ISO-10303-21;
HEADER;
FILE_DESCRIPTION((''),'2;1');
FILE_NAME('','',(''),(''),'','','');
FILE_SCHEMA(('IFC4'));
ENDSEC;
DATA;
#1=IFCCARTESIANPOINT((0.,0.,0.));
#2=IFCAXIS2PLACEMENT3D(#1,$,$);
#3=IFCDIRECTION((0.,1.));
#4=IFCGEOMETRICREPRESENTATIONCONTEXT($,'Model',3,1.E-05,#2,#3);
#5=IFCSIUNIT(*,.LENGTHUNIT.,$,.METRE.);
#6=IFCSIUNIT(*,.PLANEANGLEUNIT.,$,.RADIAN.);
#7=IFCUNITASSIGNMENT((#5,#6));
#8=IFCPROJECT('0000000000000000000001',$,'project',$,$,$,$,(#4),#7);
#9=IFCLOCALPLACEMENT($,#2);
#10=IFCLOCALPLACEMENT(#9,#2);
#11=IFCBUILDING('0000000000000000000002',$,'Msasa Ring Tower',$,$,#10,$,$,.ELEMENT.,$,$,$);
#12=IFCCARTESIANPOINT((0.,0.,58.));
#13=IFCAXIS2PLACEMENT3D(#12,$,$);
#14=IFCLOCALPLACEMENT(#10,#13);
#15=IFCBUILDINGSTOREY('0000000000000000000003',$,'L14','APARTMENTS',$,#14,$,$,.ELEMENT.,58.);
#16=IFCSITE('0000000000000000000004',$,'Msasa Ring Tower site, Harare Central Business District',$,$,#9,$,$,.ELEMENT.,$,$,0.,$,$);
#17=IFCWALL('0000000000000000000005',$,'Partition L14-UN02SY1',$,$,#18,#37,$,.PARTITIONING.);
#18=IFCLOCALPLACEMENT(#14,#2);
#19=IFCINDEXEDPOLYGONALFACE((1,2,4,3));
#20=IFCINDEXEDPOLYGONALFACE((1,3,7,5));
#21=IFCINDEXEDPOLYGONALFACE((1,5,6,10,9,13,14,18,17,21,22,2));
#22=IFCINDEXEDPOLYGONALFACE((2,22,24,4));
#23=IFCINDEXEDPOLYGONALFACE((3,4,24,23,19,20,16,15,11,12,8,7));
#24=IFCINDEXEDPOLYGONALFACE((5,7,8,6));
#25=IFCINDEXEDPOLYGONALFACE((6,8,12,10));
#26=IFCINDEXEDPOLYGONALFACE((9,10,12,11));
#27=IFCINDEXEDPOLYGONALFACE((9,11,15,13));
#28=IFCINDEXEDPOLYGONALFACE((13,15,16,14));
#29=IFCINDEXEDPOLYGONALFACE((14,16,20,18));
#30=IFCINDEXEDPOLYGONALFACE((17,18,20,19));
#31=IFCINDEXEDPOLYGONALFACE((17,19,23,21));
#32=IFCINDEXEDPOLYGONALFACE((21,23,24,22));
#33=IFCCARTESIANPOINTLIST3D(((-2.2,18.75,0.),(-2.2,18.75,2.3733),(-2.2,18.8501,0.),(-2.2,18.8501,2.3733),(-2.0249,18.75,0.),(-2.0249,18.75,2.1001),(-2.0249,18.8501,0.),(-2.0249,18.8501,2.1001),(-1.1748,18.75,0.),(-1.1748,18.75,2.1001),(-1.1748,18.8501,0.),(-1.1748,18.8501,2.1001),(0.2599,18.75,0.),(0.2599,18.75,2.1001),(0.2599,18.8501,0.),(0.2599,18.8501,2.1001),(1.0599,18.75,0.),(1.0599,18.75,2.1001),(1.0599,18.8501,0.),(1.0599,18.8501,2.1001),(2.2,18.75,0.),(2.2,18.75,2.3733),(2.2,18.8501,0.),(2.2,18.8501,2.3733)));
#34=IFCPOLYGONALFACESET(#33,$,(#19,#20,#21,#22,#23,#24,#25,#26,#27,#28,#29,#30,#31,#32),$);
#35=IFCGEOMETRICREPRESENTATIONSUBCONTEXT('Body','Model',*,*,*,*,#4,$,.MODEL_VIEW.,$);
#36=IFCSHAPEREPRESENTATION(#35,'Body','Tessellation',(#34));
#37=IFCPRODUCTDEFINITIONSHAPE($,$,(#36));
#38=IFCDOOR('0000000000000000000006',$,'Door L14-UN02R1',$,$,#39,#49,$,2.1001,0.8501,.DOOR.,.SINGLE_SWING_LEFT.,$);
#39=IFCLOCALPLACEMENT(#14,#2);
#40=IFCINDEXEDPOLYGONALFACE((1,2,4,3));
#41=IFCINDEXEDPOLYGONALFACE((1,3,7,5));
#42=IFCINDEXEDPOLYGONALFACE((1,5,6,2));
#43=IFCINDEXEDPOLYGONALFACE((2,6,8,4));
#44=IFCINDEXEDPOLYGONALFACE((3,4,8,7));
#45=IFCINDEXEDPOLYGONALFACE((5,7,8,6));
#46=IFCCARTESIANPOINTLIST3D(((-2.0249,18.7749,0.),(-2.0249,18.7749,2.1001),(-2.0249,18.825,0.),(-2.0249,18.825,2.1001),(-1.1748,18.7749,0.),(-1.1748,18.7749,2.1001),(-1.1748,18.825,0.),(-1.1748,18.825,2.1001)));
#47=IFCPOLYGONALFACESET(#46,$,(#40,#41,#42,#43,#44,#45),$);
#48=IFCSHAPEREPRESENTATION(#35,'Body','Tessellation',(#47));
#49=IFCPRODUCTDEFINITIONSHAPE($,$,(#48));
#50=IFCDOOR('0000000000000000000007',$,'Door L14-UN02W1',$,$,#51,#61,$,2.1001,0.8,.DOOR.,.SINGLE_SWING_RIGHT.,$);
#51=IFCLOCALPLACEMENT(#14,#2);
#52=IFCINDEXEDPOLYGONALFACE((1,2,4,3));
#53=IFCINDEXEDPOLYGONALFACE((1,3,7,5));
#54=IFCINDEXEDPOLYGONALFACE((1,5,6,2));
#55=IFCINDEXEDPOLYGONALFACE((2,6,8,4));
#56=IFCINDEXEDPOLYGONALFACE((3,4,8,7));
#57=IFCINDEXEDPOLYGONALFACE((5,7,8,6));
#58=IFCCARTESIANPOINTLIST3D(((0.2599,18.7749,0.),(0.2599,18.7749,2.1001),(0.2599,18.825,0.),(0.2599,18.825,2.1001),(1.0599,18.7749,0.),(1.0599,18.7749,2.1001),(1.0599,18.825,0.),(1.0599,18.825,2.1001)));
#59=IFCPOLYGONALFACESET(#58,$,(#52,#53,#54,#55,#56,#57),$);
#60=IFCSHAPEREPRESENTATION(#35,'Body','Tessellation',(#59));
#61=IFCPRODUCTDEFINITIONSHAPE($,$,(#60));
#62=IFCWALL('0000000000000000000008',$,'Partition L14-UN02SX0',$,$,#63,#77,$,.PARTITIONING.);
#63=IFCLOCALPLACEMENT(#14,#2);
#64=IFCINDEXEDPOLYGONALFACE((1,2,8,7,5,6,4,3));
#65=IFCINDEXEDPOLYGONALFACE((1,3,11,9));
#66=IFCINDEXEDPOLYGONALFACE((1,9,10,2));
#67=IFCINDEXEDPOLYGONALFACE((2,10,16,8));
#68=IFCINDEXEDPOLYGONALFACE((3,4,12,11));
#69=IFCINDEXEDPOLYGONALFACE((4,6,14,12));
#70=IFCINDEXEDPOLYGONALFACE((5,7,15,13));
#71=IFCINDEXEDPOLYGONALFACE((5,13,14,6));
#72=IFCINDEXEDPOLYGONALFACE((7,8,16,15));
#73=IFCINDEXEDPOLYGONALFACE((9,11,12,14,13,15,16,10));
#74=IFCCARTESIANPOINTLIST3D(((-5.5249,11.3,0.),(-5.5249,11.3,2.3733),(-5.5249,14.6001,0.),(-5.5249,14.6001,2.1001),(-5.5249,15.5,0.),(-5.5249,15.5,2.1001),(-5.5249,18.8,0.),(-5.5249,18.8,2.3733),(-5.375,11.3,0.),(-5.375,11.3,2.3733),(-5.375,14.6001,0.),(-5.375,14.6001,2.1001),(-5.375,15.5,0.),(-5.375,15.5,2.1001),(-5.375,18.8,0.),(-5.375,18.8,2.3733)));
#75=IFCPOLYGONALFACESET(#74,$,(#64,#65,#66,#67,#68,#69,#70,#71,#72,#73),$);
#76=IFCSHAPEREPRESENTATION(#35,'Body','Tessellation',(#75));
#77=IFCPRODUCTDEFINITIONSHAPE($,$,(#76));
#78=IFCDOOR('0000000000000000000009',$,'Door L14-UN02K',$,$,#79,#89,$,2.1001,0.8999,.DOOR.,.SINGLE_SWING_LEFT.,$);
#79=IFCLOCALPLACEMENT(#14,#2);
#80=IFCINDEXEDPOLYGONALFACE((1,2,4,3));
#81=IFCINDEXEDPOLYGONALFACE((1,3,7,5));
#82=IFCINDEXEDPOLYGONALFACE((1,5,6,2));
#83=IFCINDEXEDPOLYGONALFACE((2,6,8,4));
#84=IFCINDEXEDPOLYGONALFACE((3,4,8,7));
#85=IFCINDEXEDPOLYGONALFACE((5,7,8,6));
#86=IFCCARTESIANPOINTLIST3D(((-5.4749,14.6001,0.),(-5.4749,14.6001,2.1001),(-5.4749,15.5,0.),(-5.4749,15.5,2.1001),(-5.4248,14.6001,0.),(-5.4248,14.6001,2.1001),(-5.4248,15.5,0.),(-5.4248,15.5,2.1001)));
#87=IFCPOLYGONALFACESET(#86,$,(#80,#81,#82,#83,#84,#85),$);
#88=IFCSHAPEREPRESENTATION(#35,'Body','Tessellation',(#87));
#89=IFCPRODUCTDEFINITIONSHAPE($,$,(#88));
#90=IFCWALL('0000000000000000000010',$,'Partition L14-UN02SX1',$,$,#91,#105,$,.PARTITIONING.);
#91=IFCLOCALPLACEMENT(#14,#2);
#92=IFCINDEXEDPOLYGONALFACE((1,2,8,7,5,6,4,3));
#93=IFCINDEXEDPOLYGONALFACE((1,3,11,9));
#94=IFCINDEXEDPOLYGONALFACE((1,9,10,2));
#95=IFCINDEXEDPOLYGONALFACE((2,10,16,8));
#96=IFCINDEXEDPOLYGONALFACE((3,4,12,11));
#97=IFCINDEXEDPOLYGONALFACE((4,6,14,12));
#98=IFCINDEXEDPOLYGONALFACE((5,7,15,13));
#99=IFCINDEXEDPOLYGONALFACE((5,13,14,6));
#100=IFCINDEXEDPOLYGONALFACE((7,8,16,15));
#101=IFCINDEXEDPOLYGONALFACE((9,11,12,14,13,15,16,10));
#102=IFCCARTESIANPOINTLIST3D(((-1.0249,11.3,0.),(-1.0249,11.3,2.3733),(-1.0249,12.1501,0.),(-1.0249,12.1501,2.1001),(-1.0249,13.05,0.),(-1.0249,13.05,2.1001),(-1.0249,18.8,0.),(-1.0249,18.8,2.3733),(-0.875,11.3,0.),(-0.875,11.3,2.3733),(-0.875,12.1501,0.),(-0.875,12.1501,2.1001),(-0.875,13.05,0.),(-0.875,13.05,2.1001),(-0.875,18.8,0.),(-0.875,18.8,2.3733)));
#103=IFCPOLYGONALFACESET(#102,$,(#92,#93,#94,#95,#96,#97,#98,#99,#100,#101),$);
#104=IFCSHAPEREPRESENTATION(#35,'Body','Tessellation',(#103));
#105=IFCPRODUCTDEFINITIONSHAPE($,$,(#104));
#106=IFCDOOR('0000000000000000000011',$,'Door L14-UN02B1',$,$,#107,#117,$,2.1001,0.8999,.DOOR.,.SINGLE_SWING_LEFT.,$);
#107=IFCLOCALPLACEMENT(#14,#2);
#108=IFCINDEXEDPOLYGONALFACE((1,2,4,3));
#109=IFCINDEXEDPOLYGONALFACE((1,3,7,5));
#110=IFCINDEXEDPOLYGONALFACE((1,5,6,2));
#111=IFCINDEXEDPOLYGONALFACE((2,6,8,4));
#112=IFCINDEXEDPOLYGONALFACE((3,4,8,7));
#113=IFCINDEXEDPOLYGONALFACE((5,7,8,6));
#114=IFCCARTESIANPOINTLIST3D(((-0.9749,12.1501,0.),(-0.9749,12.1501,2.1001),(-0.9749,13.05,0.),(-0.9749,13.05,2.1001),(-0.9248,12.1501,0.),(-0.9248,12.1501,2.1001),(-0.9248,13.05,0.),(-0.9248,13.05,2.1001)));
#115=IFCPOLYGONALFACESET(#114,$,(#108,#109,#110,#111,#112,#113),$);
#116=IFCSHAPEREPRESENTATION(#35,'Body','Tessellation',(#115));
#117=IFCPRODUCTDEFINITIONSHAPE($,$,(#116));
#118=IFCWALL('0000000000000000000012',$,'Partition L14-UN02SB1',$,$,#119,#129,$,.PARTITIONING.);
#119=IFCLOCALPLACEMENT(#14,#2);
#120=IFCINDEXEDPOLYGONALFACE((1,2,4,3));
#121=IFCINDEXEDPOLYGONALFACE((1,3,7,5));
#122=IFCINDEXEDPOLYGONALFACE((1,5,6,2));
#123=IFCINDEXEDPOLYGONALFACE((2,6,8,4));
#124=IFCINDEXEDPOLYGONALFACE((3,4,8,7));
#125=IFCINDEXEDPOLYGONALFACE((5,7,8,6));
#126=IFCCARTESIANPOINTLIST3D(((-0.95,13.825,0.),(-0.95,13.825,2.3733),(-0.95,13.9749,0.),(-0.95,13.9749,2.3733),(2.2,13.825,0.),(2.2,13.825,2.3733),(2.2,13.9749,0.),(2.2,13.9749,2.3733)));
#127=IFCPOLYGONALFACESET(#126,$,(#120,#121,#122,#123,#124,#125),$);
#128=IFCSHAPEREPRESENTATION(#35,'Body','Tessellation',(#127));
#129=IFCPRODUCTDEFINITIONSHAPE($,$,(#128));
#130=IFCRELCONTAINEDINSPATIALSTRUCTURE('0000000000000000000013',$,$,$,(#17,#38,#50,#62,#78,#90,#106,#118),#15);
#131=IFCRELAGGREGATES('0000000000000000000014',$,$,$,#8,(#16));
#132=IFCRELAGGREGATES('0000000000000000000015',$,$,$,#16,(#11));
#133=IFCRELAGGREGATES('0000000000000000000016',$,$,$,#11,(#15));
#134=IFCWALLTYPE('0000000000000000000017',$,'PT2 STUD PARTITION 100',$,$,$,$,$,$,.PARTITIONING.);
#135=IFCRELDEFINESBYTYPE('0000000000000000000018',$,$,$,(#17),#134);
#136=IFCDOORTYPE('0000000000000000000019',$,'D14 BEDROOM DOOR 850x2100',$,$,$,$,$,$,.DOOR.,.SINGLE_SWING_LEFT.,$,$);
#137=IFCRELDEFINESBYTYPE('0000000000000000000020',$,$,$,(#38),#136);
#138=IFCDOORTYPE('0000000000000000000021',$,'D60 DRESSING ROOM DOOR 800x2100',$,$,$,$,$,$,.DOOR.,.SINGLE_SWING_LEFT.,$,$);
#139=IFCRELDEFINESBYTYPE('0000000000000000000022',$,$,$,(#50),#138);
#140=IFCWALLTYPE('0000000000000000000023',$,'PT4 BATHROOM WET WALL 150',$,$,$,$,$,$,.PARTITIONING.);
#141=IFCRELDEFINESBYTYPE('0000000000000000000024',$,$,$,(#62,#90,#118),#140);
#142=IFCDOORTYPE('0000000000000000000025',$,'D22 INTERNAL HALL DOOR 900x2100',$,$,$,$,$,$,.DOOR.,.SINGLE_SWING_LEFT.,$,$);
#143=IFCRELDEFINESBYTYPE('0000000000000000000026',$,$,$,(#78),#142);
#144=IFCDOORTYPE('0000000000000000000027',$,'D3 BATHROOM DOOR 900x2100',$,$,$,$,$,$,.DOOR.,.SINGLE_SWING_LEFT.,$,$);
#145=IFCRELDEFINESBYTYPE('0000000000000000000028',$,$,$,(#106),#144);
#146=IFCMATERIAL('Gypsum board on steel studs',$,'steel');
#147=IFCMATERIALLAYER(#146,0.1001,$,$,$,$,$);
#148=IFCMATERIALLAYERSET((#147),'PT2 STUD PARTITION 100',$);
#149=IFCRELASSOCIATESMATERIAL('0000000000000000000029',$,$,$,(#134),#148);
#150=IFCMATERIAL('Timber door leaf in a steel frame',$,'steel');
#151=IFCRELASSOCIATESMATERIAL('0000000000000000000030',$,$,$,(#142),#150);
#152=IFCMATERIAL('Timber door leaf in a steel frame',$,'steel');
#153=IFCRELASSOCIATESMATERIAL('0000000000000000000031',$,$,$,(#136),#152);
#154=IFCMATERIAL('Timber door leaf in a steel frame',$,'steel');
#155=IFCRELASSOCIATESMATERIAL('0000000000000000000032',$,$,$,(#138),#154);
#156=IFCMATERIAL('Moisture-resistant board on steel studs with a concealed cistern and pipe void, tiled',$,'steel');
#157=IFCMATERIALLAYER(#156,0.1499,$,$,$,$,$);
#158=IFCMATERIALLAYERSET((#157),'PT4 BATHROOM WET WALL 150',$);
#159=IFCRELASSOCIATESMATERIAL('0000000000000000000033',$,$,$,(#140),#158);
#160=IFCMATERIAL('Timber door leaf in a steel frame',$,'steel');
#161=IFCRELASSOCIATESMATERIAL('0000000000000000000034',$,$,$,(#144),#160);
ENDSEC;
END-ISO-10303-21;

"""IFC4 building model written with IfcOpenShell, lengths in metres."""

from ifc_helpers import new_model, si_unit, direction, frame, frame_2d, origin, place, context, subcontext, project, spatial, rectangle, extrude, material, layer, layer_set, type_object, element, fill, save


model = new_model("IFC4")

# Units and contexts
model_context = context("Model", 3, precision=1e-05, world=origin(), true_north=direction((0.0, 1.0)))
body_context = subcontext(model_context, "Body", "Model", "MODEL_VIEW")
ifc_project = project(units=[si_unit("LENGTHUNIT", "METRE"), si_unit("PLANEANGLEUNIT", "RADIAN")], contexts=[model_context])

# Site, building, storey
site_placement = place(None, origin())
site = spatial("IfcSite", under=ifc_project, at=site_placement, Name="Msasa Ring Tower site, Harare Central Business District", CompositionType="ELEMENT", RefElevation=0.0)
building_placement = place(site_placement, origin())
building = spatial("IfcBuilding", under=site, at=building_placement, Name="Msasa Ring Tower", CompositionType="ELEMENT")
storey_placement = place(building_placement, frame((0.0, 0.0, 58.0)))
storey = spatial("IfcBuildingStorey", under=building, at=storey_placement, Name="L14", Description="APARTMENTS", CompositionType="ELEMENT", Elevation=58.0)

# Shared definitions
ifc_material_1 = material(Name="Gypsum board on steel studs", Category="steel")
ifc_layer_1 = layer(ifc_material_1, 0.1001)
ifc_layer_set_1 = layer_set([ifc_layer_1], Name="PT2 STUD PARTITION 100")
wall_type_1 = type_object("IfcWallType", Name="PT2 STUD PARTITION 100", PredefinedType="PARTITIONING", material=ifc_layer_set_1)

# Shared definitions
ifc_material_2 = material(Name="Timber door leaf in a steel frame", Category="steel")
door_type_1 = type_object("IfcDoorType", Name="D22 INTERNAL HALL DOOR 900x2100", OperationType="SINGLE_SWING_LEFT", PredefinedType="DOOR", material=ifc_material_2)

# Wall, openings, doors
wall_1_placement = place(storey_placement, frame((-2.2, 18.8, 0.0), z_axis=(0.0, 0.0, 1.0), x_axis=(1.0, 0.0, 0.0)))
wall_1 = element("IfcWall", 1, at=wall_1_placement, inside=storey, type_object=wall_type_1, Name="Partition L14-UN02SY1", PredefinedType="PARTITIONING", context=body_context, shape_type="SweptSolid", body=[
    extrude(rectangle(XDim=4.3999, YDim=0.1001, at=frame_2d((2.2, 0.0))), origin(), (0.0, 0.0, 1.0), 2.3733),
])
opening_1_placement = place(wall_1_placement, frame((0.175, 0.0, 0.0)))
opening_1 = element("IfcOpeningElement", 2, at=opening_1_placement, cuts=wall_1, PredefinedType="OPENING", context=body_context, shape_type="SweptSolid", body=[
    extrude(rectangle(XDim=0.8501, YDim=2.1001, at=frame_2d((0.425, 1.05))), frame((0.0, 0.0601, 0.0), z_axis=(0.0, -1.0, 0.0), x_axis=(1.0, 0.0, 0.0)), (0.0, 0.0, 1.0), 0.1201),
])
opening_2_placement = place(wall_1_placement, frame((2.46, 0.0, 0.0)))
opening_2 = element("IfcOpeningElement", 3, at=opening_2_placement, cuts=wall_1, PredefinedType="OPENING", context=body_context, shape_type="SweptSolid", body=[
    extrude(rectangle(XDim=0.8, YDim=2.1001, at=frame_2d((0.3999, 1.05))), frame((0.0, 0.0601, 0.0), z_axis=(0.0, -1.0, 0.0), x_axis=(1.0, 0.0, 0.0)), (0.0, 0.0, 1.0), 0.1201),
])
ifc_material_3 = material(Name="Timber door leaf in a steel frame", Category="steel")
door_type_2 = type_object("IfcDoorType", Name="D14 BEDROOM DOOR 850x2100", OperationType="SINGLE_SWING_LEFT", PredefinedType="DOOR", material=ifc_material_3)
door_1_placement = place(opening_1_placement, origin())
door_1 = element("IfcDoor", 4, at=door_1_placement, inside=storey, type_object=door_type_2, Name="Door L14-UN02R1", OperationType="SINGLE_SWING_LEFT", OverallHeight=2.1001, OverallWidth=0.8501, PredefinedType="DOOR", context=body_context, shape_type="SweptSolid", body=[
    extrude(rectangle(XDim=0.8501, YDim=2.1001, at=frame_2d((0.425, 1.05))), frame((0.0, 0.0249, 0.0), z_axis=(0.0, -1.0, 0.0), x_axis=(1.0, 0.0, 0.0)), (0.0, 0.0, 1.0), 0.05),
])
fill(opening_1, door_1)
ifc_material_4 = material(Name="Timber door leaf in a steel frame", Category="steel")
door_type_3 = type_object("IfcDoorType", Name="D60 DRESSING ROOM DOOR 800x2100", OperationType="SINGLE_SWING_LEFT", PredefinedType="DOOR", material=ifc_material_4)
door_2_placement = place(opening_2_placement, origin())
door_2 = element("IfcDoor", 5, at=door_2_placement, inside=storey, type_object=door_type_3, Name="Door L14-UN02W1", OperationType="SINGLE_SWING_RIGHT", OverallHeight=2.1001, OverallWidth=0.8, PredefinedType="DOOR", context=body_context, shape_type="SweptSolid", body=[
    extrude(rectangle(XDim=0.8, YDim=2.1001, at=frame_2d((0.3999, 1.05))), frame((0.0, 0.0249, 0.0), z_axis=(0.0, -1.0, 0.0), x_axis=(1.0, 0.0, 0.0)), (0.0, 0.0, 1.0), 0.05),
])
fill(opening_2, door_2)

# Walls, openings, doors
ifc_material_5 = material(Name="Moisture-resistant board on steel studs with a concealed cistern and pipe void, tiled", Category="steel")
ifc_layer_2 = layer(ifc_material_5, 0.1499)
ifc_layer_set_2 = layer_set([ifc_layer_2], Name="PT4 BATHROOM WET WALL 150")
wall_type_2 = type_object("IfcWallType", Name="PT4 BATHROOM WET WALL 150", PredefinedType="PARTITIONING", material=ifc_layer_set_2)
wall_2_placement = place(storey_placement, frame((-5.45, 11.3, 0.0), z_axis=(0.0, 0.0, 1.0), x_axis=(0.0, 1.0, 0.0)))
wall_2 = element("IfcWall", 6, at=wall_2_placement, inside=storey, type_object=wall_type_2, Name="Partition L14-UN02SX0", PredefinedType="PARTITIONING", context=body_context, shape_type="SweptSolid", body=[
    extrude(rectangle(XDim=7.5, YDim=0.1499, at=frame_2d((3.75, 0.0))), origin(), (0.0, 0.0, 1.0), 2.3733),
])
opening_3_placement = place(wall_2_placement, frame((3.3, 0.0, 0.0)))
opening_3 = element("IfcOpeningElement", 7, at=opening_3_placement, cuts=wall_2, PredefinedType="OPENING", context=body_context, shape_type="SweptSolid", body=[
    extrude(rectangle(XDim=0.8999, YDim=2.1001, at=frame_2d((0.45, 1.05))), frame((0.0, 0.085, 0.0), z_axis=(0.0, -1.0, 0.0), x_axis=(1.0, 0.0, 0.0)), (0.0, 0.0, 1.0), 0.1699),
])
door_3_placement = place(opening_3_placement, origin())
door_3 = element("IfcDoor", 8, at=door_3_placement, inside=storey, type_object=door_type_1, Name="Door L14-UN02K", OperationType="SINGLE_SWING_LEFT", OverallHeight=2.1001, OverallWidth=0.8999, PredefinedType="DOOR", context=body_context, shape_type="SweptSolid", body=[
    extrude(rectangle(XDim=0.8999, YDim=2.1001, at=frame_2d((0.45, 1.05))), frame((0.0, 0.0249, 0.0), z_axis=(0.0, -1.0, 0.0), x_axis=(1.0, 0.0, 0.0)), (0.0, 0.0, 1.0), 0.05),
])
fill(opening_3, door_3)
wall_3_placement = place(storey_placement, frame((-0.95, 11.3, 0.0), z_axis=(0.0, 0.0, 1.0), x_axis=(0.0, 1.0, 0.0)))
wall_3 = element("IfcWall", 9, at=wall_3_placement, inside=storey, type_object=wall_type_2, Name="Partition L14-UN02SX1", PredefinedType="PARTITIONING", context=body_context, shape_type="SweptSolid", body=[
    extrude(rectangle(XDim=7.5, YDim=0.1499, at=frame_2d((3.75, 0.0))), origin(), (0.0, 0.0, 1.0), 2.3733),
])
opening_4_placement = place(wall_3_placement, frame((0.8501, 0.0, 0.0)))
opening_4 = element("IfcOpeningElement", 10, at=opening_4_placement, cuts=wall_3, PredefinedType="OPENING", context=body_context, shape_type="SweptSolid", body=[
    extrude(rectangle(XDim=0.8999, YDim=2.1001, at=frame_2d((0.45, 1.05))), frame((0.0, 0.085, 0.0), z_axis=(0.0, -1.0, 0.0), x_axis=(1.0, 0.0, 0.0)), (0.0, 0.0, 1.0), 0.1699),
])
ifc_material_6 = material(Name="Timber door leaf in a steel frame", Category="steel")
door_type_4 = type_object("IfcDoorType", Name="D3 BATHROOM DOOR 900x2100", OperationType="SINGLE_SWING_LEFT", PredefinedType="DOOR", material=ifc_material_6)
door_4_placement = place(opening_4_placement, origin())
door_4 = element("IfcDoor", 11, at=door_4_placement, inside=storey, type_object=door_type_4, Name="Door L14-UN02B1", OperationType="SINGLE_SWING_LEFT", OverallHeight=2.1001, OverallWidth=0.8999, PredefinedType="DOOR", context=body_context, shape_type="SweptSolid", body=[
    extrude(rectangle(XDim=0.8999, YDim=2.1001, at=frame_2d((0.45, 1.05))), frame((0.0, 0.0249, 0.0), z_axis=(0.0, -1.0, 0.0), x_axis=(1.0, 0.0, 0.0)), (0.0, 0.0, 1.0), 0.05),
])
fill(opening_4, door_4)

# Wall
wall_4_placement = place(storey_placement, frame((-0.95, 13.8999, 0.0), z_axis=(0.0, 0.0, 1.0), x_axis=(1.0, 0.0, 0.0)))
element("IfcWall", 12, at=wall_4_placement, inside=storey, type_object=wall_type_2, Name="Partition L14-UN02SB1", PredefinedType="PARTITIONING", context=body_context, shape_type="SweptSolid", body=[
    extrude(rectangle(XDim=3.1499, YDim=0.1499, at=frame_2d((1.575, 0.0))), origin(), (0.0, 0.0, 1.0), 2.3733),
])

save(model, "model.ifc")
